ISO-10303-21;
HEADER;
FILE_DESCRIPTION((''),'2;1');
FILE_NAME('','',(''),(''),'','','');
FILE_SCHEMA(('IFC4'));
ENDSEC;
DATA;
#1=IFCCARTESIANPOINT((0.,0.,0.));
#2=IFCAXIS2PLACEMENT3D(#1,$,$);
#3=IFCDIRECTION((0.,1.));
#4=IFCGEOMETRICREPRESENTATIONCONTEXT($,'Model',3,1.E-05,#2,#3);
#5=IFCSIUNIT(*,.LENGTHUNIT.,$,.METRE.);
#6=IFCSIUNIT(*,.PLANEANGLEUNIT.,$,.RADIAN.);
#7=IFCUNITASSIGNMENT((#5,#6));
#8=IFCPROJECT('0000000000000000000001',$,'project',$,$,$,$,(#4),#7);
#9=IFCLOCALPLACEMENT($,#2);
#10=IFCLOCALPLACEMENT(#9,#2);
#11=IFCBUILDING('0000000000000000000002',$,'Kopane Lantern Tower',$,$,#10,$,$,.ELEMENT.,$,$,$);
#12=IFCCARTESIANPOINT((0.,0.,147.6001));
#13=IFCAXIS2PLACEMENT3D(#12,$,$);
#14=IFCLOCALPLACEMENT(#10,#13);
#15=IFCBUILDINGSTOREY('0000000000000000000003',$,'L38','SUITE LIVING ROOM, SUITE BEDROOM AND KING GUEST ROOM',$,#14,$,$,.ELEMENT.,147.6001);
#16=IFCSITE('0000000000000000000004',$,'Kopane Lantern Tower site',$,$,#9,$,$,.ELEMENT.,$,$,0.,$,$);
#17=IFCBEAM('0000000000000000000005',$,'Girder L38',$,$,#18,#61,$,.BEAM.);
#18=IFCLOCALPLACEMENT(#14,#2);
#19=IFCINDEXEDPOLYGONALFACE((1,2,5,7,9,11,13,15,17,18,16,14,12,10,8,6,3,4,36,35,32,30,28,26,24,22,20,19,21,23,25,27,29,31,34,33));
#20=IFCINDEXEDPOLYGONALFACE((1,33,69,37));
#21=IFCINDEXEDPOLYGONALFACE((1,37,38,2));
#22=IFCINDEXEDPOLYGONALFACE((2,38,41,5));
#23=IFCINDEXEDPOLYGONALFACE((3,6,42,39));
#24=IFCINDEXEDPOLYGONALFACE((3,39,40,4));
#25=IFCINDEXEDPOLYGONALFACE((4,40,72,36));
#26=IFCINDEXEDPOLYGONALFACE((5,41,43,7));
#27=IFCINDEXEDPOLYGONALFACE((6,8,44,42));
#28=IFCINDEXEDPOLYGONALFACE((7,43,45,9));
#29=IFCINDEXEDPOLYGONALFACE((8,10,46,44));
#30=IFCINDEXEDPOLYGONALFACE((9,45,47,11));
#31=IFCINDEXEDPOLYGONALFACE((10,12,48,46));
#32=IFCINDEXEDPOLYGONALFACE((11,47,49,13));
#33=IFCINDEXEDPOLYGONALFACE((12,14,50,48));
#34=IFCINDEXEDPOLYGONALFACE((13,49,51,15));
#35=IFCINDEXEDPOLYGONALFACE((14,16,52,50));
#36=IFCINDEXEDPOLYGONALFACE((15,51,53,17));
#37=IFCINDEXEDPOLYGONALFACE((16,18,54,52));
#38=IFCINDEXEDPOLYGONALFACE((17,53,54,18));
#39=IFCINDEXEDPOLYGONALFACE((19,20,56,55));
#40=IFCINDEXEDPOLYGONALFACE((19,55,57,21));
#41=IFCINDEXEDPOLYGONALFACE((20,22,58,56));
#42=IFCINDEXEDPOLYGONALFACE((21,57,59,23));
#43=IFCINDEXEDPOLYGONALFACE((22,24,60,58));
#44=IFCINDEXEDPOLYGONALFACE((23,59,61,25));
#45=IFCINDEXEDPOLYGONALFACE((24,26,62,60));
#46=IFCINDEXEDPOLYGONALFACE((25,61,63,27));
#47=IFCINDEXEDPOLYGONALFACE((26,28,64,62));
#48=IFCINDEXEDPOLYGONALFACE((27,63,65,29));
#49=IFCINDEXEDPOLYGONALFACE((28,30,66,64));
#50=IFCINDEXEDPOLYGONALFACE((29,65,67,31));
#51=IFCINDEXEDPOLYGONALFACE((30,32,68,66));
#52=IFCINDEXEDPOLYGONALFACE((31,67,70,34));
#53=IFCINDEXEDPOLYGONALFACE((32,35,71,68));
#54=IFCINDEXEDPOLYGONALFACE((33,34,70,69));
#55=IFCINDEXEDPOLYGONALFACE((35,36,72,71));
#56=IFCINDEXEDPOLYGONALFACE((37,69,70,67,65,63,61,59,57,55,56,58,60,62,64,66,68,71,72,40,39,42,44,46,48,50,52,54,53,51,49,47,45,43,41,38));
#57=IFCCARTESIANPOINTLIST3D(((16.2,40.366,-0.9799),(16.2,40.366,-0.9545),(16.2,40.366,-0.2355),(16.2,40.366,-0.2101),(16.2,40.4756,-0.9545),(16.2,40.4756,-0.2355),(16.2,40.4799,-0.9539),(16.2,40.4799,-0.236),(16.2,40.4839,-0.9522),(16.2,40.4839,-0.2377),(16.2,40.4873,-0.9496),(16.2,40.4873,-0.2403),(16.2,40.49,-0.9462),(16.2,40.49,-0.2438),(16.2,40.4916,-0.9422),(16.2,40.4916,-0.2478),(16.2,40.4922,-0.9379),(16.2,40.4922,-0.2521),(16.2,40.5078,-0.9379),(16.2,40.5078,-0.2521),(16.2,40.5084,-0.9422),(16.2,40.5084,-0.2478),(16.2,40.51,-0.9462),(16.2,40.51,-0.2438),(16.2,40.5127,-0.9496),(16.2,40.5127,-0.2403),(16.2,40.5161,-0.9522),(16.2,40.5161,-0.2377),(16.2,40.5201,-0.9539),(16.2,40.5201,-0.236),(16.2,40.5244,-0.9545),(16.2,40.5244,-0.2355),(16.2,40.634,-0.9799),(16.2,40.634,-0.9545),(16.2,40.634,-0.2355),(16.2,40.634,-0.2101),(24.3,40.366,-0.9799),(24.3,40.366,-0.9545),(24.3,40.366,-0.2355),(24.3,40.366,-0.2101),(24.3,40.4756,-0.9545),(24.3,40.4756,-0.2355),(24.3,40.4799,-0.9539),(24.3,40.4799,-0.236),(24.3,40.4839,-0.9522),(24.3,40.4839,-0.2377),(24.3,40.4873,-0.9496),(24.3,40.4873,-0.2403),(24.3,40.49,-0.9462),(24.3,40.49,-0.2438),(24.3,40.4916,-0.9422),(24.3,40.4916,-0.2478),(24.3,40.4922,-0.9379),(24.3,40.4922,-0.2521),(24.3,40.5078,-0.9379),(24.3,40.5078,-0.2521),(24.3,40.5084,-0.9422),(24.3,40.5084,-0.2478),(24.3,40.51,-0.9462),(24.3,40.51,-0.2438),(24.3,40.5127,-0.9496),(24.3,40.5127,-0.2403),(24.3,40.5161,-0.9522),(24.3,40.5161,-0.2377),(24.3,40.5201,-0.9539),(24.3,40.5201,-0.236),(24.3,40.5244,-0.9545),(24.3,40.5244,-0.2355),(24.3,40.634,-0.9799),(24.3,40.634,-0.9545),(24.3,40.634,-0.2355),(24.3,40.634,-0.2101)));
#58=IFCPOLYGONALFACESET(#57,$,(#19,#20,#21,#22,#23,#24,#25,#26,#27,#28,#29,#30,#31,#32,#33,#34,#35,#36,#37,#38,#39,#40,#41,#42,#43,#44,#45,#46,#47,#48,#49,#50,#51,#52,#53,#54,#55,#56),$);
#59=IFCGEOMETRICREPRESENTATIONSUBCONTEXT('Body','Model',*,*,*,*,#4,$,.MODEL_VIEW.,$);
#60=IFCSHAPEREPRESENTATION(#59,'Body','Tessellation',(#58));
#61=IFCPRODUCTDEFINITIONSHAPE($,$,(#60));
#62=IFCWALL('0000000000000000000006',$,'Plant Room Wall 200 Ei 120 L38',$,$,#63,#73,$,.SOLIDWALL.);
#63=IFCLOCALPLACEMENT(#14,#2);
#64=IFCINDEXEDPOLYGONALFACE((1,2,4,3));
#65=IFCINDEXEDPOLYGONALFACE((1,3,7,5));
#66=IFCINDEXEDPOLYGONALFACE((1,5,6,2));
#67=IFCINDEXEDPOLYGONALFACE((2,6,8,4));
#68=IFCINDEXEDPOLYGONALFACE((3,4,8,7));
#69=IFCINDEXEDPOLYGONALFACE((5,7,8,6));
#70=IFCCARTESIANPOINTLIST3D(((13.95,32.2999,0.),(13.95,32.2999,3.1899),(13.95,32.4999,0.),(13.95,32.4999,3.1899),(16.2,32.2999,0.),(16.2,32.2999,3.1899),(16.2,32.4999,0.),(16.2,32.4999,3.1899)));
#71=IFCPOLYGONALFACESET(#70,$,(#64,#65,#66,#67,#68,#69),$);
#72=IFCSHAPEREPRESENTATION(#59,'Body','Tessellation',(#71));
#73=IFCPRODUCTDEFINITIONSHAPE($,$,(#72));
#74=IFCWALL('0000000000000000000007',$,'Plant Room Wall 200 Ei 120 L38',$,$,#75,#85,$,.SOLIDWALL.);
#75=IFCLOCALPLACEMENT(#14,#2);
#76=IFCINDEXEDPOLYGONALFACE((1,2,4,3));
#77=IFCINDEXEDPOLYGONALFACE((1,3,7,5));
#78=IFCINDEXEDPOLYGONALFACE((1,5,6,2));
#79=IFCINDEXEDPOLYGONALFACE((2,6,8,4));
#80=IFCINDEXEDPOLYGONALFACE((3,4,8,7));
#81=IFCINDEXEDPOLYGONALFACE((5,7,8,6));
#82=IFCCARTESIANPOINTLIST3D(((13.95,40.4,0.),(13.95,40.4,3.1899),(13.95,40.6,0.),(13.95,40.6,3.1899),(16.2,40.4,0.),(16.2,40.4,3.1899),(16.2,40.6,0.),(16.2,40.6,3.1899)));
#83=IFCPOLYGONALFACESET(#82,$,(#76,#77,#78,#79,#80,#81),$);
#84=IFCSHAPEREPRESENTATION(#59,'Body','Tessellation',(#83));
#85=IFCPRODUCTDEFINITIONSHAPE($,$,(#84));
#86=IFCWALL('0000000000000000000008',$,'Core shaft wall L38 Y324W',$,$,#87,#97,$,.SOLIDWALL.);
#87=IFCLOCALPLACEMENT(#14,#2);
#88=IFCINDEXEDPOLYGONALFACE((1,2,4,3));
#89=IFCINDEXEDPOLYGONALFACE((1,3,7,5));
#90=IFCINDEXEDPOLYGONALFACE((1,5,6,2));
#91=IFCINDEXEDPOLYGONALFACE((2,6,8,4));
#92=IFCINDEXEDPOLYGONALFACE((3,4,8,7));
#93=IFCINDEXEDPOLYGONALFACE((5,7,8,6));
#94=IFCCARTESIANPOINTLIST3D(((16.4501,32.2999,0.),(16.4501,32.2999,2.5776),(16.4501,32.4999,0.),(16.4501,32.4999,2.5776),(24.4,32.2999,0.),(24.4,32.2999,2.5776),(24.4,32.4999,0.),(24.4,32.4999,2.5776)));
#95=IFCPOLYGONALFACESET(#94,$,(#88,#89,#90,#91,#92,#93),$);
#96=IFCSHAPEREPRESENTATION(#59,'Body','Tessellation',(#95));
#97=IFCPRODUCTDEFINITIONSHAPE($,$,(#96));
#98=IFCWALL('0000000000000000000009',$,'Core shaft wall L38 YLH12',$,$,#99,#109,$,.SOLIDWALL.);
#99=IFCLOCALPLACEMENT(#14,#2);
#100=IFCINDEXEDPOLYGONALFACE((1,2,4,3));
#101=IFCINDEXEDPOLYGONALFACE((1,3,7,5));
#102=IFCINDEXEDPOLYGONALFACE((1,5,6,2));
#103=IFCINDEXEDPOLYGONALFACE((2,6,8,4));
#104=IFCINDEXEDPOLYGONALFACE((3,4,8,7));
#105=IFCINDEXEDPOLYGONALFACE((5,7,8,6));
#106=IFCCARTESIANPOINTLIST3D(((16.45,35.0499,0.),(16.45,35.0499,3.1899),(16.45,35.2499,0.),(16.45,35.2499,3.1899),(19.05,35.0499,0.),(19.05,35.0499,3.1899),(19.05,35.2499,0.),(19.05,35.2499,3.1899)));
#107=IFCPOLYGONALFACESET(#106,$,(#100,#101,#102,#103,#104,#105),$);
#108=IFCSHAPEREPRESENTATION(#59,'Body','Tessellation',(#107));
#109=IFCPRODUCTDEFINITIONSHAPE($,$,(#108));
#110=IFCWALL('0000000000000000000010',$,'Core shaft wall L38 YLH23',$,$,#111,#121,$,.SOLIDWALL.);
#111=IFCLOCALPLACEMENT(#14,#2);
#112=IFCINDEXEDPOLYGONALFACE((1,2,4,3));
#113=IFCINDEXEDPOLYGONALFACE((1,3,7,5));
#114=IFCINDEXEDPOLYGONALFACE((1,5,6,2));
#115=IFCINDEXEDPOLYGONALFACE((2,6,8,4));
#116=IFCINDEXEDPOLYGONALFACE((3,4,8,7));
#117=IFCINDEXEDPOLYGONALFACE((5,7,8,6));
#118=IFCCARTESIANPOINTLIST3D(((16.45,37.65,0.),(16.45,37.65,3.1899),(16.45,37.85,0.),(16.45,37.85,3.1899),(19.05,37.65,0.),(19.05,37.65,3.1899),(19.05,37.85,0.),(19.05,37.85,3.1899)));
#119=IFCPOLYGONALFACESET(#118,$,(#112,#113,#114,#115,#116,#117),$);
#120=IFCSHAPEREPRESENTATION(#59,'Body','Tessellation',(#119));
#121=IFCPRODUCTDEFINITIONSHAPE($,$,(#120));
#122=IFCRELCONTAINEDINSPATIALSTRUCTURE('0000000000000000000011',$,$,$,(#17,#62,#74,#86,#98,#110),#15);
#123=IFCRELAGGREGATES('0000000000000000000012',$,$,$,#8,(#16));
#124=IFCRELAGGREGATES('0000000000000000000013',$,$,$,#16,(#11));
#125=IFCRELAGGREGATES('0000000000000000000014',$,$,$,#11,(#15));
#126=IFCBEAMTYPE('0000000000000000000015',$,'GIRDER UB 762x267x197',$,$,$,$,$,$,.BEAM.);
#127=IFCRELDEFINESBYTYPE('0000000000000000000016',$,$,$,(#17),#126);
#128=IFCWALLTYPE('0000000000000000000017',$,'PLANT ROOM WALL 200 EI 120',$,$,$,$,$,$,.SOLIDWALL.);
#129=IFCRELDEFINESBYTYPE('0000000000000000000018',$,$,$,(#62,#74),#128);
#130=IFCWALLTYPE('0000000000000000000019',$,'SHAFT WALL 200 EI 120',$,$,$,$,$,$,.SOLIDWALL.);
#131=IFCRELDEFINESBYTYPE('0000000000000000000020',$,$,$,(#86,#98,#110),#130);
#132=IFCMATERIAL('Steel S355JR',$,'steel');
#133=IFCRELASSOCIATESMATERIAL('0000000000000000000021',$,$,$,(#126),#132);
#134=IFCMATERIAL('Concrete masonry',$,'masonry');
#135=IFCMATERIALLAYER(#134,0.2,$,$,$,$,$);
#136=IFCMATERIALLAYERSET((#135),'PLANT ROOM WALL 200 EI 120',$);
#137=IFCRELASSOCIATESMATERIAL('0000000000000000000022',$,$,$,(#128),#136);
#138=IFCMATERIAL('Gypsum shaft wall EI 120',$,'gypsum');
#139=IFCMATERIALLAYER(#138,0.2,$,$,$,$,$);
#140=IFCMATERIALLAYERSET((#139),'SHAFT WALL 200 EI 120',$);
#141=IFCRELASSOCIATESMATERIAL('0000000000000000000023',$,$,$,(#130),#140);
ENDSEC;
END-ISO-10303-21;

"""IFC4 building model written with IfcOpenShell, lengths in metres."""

from ifc_helpers import new_model, si_unit, direction, frame, frame_2d, origin, origin_2d, place, context, subcontext, project, spatial, rectangle, i_section, extrude, material, layer, layer_set, material_profile, profile_set, type_object, element, save


model = new_model("IFC4")

# Units and contexts
model_context = context("Model", 3, precision=1e-05, world=origin(), true_north=direction((0.0, 1.0)))
body_context = subcontext(model_context, "Body", "Model", "MODEL_VIEW")
ifc_project = project(units=[si_unit("LENGTHUNIT", "METRE"), si_unit("PLANEANGLEUNIT", "RADIAN")], contexts=[model_context])

# Site, building, storey
site_placement = place(None, origin())
site = spatial("IfcSite", under=ifc_project, at=site_placement, Name="Kopane Lantern Tower site", CompositionType="ELEMENT", RefElevation=0.0)
building_placement = place(site_placement, origin())
building = spatial("IfcBuilding", under=site, at=building_placement, Name="Kopane Lantern Tower", CompositionType="ELEMENT")
storey_placement = place(building_placement, frame((0.0, 0.0, 147.6001)))
storey = spatial("IfcBuildingStorey", under=building, at=storey_placement, Name="L38", Description="SUITE LIVING ROOM, SUITE BEDROOM AND KING GUEST ROOM", CompositionType="ELEMENT", Elevation=147.6001)

# Beam
ifc_material_1 = material(Name="Steel S355JR", Category="steel")
ifc_material_profile_1 = material_profile(ifc_material_1, i_section(OverallWidth=0.2681, OverallDepth=0.7698, WebThickness=0.0156, FlangeThickness=0.0254, FilletRadius=0.0166, at=origin_2d()), Name="UB 762x267x197")
ifc_profile_set_1 = profile_set([ifc_material_profile_1], Name="Steel S355JR")
beam_type_1 = type_object("IfcBeamType", Name="GIRDER UB 762x267x197", PredefinedType="BEAM", material=ifc_profile_set_1)
beam_1_placement = place(storey_placement, frame((16.2, 40.5, -0.595), z_axis=(1.0, 0.0, 0.0), x_axis=(0.0, 1.0, 0.0)))
element("IfcBeam", 1, at=beam_1_placement, inside=storey, type_object=beam_type_1, Name="Girder L38", PredefinedType="BEAM", context=body_context, shape_type="SweptSolid", body=[
    extrude(i_section(OverallWidth=0.2681, OverallDepth=0.7698, WebThickness=0.0156, FlangeThickness=0.0254, FilletRadius=0.0166, at=origin_2d()), origin(), (0.0, 0.0, 1.0), 8.1001),
])

# Walls
ifc_material_2 = material(Name="Concrete masonry", Category="masonry")
ifc_layer_1 = layer(ifc_material_2, 0.2)
ifc_layer_set_1 = layer_set([ifc_layer_1], Name="PLANT ROOM WALL 200 EI 120")
wall_type_1 = type_object("IfcWallType", Name="PLANT ROOM WALL 200 EI 120", PredefinedType="SOLIDWALL", material=ifc_layer_set_1)
for number, where, z_axis, x_axis, name in (
    (2, (13.95, 32.3999, 0.0), (0.0, 0.0, 1.0), (1.0, 0.0, 0.0), "Plant Room Wall 200 Ei 120 L38"),
    (3, (13.95, 40.5, 0.0), (0.0, 0.0, 1.0), (1.0, 0.0, 0.0), "Plant Room Wall 200 Ei 120 L38"),
):
    element("IfcWall", number, at=place(storey_placement, frame(where, z_axis=z_axis, x_axis=x_axis)), inside=storey, type_object=wall_type_1, Name=name, PredefinedType="SOLIDWALL", context=body_context, shape_type="SweptSolid", body=[
        extrude(rectangle(XDim=2.25, YDim=0.2, at=frame_2d((1.125, 0.0))), origin(), (0.0, 0.0, 1.0), 3.1899),
    ])
ifc_material_3 = material(Name="Gypsum shaft wall EI 120", Category="gypsum")
ifc_layer_2 = layer(ifc_material_3, 0.2)
ifc_layer_set_2 = layer_set([ifc_layer_2], Name="SHAFT WALL 200 EI 120")
wall_type_2 = type_object("IfcWallType", Name="SHAFT WALL 200 EI 120", PredefinedType="SOLIDWALL", material=ifc_layer_set_2)
wall_1_placement = place(storey_placement, frame((16.45, 32.3999, 0.0), z_axis=(0.0, 0.0, 1.0), x_axis=(1.0, 0.0, 0.0)))
element("IfcWall", 4, at=wall_1_placement, inside=storey, type_object=wall_type_2, Name="Core shaft wall L38 Y324W", PredefinedType="SOLIDWALL", context=body_context, shape_type="SweptSolid", body=[
    extrude(rectangle(XDim=7.95, YDim=0.2, at=frame_2d((3.9751, 0.0))), origin(), (0.0, 0.0, 1.0), 2.5776),
])
for number, where, z_axis, x_axis, name in (
    (5, (16.45, 35.1499, 0.0), (0.0, 0.0, 1.0), (1.0, 0.0, 0.0), "Core shaft wall L38 YLH12"),
    (6, (16.45, 37.75, 0.0), (0.0, 0.0, 1.0), (1.0, 0.0, 0.0), "Core shaft wall L38 YLH23"),
):
    element("IfcWall", number, at=place(storey_placement, frame(where, z_axis=z_axis, x_axis=x_axis)), inside=storey, type_object=wall_type_2, Name=name, PredefinedType="SOLIDWALL", context=body_context, shape_type="SweptSolid", body=[
        extrude(rectangle(XDim=2.6001, YDim=0.2, at=frame_2d((1.3, 0.0))), origin(), (0.0, 0.0, 1.0), 3.1899),
    ])

save(model, "model.ifc")
